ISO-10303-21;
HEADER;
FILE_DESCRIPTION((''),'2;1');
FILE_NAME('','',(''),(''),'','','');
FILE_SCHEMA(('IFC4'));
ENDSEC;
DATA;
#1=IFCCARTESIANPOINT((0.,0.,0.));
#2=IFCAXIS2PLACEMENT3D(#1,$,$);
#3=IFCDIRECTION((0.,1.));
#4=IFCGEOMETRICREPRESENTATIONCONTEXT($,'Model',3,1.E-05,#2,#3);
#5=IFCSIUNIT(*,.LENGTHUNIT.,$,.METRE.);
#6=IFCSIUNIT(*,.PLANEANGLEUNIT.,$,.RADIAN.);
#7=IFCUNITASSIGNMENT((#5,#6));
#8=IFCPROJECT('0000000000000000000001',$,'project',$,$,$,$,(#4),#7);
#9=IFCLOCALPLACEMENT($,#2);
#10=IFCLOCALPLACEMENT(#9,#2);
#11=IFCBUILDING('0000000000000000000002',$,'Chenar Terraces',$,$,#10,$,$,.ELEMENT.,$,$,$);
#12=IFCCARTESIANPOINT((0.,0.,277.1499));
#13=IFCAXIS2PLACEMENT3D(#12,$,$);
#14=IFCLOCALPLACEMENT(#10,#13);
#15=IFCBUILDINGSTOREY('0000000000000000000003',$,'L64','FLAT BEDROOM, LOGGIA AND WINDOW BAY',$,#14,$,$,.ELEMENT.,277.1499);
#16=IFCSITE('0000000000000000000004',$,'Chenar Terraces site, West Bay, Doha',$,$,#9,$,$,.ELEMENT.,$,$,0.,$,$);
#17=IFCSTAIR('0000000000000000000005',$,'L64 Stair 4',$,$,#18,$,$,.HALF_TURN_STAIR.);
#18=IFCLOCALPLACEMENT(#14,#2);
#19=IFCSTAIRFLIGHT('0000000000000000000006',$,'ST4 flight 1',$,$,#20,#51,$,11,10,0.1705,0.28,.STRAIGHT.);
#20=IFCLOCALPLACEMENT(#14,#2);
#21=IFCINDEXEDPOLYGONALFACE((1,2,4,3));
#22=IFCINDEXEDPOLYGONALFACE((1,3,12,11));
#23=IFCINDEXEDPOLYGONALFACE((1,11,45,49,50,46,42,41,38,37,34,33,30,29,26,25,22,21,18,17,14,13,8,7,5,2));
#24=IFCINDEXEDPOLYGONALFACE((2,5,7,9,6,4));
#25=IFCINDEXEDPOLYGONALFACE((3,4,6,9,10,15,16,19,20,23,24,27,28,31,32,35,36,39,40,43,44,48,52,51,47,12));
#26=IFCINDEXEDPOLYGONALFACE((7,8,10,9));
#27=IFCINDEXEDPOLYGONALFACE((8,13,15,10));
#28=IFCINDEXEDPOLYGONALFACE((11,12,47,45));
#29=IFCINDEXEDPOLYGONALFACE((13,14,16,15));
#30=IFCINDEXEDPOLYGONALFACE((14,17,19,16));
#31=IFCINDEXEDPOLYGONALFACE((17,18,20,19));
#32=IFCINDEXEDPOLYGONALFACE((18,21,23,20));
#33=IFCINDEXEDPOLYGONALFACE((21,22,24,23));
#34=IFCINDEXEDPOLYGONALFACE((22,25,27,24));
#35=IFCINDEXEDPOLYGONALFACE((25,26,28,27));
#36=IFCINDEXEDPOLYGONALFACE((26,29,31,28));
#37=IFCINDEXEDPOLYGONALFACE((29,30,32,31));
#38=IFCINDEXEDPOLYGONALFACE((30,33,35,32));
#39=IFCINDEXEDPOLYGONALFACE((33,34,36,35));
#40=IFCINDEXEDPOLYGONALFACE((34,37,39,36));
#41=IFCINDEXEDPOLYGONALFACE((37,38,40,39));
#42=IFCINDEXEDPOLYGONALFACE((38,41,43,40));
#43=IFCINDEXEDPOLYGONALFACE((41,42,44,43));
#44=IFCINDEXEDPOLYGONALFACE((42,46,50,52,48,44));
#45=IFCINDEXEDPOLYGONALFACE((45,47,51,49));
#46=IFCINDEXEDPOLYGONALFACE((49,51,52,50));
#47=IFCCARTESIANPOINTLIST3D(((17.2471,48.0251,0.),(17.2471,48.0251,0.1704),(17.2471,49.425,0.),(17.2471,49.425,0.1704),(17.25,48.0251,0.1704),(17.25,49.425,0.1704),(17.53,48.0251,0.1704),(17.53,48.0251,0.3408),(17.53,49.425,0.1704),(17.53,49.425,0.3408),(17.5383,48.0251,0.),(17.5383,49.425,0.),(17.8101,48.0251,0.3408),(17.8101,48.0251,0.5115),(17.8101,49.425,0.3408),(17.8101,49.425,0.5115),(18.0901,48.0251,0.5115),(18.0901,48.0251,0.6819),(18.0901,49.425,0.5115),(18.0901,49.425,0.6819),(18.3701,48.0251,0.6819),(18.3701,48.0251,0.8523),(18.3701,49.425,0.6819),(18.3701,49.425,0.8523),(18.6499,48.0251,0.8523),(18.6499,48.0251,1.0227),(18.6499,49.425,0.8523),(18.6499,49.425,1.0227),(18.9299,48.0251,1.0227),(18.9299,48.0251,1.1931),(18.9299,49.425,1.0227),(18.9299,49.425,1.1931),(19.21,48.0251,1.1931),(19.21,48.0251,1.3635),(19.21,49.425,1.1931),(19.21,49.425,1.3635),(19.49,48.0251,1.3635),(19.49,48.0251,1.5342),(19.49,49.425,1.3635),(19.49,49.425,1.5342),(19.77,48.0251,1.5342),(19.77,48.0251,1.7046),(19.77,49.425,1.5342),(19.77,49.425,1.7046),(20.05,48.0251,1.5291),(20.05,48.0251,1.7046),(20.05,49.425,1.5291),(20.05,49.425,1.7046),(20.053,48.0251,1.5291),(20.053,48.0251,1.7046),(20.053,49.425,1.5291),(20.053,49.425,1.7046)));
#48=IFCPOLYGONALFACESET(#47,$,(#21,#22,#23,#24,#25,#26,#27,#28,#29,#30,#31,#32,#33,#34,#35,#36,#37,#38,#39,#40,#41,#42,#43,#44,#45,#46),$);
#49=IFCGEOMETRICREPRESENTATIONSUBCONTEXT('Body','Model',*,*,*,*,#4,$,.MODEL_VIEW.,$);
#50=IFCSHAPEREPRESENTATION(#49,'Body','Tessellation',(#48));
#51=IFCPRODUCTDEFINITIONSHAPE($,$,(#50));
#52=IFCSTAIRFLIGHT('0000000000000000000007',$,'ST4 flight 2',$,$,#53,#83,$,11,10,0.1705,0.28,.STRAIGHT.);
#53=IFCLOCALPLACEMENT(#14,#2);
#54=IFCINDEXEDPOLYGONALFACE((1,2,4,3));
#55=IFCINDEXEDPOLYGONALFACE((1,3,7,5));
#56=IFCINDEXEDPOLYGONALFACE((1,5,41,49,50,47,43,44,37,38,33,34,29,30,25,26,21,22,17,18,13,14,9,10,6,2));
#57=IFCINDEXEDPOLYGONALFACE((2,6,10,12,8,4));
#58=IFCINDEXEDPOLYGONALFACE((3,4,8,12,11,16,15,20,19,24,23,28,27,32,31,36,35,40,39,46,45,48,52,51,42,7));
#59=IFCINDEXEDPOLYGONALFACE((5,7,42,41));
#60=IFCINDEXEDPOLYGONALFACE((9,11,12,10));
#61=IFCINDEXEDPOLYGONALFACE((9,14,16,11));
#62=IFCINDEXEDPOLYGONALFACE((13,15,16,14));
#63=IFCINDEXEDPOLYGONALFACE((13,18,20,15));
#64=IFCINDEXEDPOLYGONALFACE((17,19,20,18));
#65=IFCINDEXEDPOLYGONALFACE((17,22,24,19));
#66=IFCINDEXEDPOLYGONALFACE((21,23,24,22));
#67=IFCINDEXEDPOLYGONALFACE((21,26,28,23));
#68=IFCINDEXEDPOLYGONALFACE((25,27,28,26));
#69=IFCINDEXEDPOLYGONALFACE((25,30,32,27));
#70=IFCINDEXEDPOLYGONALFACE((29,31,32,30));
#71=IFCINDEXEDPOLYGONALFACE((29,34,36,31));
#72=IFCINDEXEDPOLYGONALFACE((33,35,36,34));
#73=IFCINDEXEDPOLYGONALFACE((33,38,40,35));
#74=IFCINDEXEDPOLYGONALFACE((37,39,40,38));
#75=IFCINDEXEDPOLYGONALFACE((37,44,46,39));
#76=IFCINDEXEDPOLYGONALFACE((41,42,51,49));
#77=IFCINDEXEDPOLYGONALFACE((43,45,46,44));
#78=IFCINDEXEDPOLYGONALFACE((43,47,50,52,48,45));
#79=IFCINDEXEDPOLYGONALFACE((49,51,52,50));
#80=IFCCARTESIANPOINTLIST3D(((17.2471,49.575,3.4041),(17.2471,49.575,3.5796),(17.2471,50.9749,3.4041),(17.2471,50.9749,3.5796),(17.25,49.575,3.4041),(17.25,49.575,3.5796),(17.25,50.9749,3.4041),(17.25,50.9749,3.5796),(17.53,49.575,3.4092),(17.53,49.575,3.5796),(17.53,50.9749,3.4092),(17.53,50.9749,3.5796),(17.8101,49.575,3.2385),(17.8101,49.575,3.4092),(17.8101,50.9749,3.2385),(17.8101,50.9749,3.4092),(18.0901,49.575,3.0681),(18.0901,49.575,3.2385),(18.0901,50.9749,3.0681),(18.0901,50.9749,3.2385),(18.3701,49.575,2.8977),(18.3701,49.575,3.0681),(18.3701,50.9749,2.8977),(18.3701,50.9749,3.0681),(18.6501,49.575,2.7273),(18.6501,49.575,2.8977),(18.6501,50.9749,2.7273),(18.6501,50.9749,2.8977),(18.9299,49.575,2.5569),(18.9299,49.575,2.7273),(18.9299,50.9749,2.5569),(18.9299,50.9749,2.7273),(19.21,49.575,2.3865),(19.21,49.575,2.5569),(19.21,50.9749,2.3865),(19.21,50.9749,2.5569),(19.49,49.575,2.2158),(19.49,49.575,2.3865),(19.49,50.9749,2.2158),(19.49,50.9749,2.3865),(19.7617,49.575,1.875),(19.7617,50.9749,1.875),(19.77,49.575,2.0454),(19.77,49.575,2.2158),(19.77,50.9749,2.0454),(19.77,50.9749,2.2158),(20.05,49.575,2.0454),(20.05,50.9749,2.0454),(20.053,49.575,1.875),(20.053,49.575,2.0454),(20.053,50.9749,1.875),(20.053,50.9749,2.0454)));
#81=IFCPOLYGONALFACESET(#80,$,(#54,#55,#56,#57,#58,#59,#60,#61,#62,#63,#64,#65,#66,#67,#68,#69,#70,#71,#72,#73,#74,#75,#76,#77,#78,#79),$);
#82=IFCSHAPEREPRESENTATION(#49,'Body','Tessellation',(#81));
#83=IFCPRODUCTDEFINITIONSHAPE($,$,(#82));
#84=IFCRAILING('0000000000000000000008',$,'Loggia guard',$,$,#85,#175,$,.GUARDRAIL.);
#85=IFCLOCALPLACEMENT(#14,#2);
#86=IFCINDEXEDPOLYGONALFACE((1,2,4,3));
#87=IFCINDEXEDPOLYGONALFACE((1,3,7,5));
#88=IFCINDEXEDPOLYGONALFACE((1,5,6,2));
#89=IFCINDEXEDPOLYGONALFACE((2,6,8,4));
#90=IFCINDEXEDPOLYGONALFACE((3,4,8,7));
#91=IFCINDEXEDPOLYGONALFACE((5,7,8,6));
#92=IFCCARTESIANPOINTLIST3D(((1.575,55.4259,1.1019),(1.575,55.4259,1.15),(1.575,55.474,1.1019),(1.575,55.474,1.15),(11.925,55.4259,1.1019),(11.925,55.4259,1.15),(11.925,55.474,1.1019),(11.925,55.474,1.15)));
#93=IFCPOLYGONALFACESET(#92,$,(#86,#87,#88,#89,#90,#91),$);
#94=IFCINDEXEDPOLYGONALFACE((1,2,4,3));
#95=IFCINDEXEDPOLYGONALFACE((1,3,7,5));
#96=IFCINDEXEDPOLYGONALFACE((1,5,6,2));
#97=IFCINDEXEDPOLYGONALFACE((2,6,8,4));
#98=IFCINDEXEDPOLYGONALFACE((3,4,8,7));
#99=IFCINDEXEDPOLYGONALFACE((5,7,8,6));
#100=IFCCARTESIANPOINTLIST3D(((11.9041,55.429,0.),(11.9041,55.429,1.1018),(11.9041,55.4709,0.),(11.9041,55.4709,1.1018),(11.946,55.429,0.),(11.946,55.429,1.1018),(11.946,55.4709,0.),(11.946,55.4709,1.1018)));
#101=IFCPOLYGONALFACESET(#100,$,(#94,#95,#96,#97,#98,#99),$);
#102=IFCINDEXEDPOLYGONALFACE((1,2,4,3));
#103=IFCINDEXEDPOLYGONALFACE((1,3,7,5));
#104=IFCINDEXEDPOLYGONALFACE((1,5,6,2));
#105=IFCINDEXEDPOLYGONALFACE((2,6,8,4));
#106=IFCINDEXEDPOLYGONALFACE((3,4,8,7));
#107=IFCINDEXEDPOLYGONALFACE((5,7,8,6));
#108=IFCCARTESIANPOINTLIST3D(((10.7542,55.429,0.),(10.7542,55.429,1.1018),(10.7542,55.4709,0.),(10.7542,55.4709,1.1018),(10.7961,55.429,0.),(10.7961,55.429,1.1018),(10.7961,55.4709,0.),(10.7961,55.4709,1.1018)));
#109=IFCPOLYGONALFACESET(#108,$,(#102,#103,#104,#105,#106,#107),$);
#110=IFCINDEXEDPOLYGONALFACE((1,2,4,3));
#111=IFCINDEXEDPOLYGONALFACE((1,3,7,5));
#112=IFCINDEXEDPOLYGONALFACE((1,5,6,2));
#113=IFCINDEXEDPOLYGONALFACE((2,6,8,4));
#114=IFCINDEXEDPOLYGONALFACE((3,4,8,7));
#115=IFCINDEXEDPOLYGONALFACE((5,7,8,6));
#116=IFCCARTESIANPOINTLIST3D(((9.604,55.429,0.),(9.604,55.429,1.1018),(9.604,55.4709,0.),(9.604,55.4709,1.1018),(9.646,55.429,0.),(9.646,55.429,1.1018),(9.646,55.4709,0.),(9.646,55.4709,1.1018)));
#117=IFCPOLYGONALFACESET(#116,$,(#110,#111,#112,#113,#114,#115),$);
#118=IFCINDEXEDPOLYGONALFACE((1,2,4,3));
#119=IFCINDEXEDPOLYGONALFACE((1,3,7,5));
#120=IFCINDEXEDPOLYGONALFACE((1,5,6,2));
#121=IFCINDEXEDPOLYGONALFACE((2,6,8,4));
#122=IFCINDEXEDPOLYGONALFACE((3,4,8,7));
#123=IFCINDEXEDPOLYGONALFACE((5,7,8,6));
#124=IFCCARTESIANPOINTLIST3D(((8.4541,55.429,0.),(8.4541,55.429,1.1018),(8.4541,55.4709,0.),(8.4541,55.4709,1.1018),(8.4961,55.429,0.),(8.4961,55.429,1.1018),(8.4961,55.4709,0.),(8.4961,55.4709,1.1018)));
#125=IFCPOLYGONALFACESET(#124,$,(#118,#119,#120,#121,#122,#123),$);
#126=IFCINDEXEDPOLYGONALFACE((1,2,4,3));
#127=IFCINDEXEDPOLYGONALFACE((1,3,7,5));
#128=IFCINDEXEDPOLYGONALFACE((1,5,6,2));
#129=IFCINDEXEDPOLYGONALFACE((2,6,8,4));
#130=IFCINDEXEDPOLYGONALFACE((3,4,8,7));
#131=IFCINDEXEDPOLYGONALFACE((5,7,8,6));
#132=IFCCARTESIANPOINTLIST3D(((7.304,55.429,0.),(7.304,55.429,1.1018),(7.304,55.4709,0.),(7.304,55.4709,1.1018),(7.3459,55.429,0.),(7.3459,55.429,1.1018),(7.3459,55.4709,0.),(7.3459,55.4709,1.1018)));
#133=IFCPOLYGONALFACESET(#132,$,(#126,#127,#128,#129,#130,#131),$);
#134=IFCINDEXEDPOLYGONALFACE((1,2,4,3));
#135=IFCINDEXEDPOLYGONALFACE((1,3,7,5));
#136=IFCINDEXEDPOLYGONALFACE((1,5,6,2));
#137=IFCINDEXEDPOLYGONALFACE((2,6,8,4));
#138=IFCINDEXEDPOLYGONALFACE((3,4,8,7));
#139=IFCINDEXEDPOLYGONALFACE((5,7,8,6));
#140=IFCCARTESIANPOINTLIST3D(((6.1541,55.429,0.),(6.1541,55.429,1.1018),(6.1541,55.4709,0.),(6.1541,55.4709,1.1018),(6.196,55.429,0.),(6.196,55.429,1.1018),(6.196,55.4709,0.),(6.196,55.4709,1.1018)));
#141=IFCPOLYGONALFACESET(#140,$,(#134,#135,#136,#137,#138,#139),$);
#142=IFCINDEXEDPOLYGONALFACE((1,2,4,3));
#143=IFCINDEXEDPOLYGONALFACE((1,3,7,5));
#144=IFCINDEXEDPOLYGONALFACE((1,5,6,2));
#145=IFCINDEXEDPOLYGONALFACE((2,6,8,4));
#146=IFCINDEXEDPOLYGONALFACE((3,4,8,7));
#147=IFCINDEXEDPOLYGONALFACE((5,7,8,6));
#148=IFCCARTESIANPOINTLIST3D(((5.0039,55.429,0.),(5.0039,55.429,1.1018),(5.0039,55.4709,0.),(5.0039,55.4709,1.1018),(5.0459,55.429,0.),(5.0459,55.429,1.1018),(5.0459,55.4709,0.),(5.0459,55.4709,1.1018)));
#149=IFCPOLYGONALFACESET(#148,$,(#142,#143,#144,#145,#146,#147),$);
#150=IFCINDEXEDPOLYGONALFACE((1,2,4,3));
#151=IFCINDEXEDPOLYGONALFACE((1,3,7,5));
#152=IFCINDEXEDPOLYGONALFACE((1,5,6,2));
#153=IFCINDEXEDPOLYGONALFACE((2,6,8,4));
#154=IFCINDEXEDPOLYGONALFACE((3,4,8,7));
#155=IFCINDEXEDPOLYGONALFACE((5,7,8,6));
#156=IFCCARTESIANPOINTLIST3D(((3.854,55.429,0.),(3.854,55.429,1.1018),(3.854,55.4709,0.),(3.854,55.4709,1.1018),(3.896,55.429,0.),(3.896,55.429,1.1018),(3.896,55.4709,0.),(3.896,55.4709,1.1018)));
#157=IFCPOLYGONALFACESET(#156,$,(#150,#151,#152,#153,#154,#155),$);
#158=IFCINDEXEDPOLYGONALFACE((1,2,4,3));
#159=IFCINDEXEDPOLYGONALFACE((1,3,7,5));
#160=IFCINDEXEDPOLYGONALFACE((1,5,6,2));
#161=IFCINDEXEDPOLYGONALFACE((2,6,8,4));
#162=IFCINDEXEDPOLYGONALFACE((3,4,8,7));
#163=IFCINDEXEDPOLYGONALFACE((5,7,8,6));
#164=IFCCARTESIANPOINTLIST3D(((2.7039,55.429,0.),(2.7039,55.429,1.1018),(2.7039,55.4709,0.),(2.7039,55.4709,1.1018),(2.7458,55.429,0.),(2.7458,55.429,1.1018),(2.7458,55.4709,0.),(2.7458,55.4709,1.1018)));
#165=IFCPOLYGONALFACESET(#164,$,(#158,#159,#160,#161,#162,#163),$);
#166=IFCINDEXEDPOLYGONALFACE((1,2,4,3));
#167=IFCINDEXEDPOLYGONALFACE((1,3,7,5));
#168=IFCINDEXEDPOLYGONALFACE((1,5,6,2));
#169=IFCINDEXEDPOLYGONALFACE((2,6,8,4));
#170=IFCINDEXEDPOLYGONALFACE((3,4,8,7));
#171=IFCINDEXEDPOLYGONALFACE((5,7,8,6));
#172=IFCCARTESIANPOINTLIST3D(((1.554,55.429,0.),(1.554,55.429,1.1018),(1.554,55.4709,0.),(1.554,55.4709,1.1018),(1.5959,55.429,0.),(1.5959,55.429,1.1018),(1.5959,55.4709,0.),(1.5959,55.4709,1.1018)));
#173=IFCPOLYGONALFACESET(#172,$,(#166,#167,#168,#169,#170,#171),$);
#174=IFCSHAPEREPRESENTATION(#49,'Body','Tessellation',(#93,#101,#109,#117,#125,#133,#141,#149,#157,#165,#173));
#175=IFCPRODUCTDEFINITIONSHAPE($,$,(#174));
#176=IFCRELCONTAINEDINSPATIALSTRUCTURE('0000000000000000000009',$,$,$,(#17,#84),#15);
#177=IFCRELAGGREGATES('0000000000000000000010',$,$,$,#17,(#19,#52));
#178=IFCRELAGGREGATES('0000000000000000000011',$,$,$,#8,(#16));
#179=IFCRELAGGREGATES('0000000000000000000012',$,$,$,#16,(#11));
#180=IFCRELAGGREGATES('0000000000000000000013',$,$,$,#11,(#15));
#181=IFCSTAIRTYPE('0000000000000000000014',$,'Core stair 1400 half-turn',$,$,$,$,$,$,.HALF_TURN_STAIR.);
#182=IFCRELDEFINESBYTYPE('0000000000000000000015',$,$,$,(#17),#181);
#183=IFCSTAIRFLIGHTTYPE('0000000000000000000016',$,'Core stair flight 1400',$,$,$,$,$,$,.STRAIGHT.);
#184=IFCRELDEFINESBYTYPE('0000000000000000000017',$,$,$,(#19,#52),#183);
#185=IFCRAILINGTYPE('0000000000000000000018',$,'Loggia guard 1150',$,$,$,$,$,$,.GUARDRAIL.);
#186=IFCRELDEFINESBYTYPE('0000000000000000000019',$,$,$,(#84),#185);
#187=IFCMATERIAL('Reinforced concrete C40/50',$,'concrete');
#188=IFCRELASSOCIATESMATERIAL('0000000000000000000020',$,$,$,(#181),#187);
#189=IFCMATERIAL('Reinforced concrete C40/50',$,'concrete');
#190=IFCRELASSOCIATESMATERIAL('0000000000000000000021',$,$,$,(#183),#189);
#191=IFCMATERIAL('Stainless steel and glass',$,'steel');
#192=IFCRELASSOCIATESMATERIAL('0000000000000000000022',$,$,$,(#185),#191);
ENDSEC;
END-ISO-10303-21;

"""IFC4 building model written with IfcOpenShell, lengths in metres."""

from ifc_helpers import new_model, si_unit, direction, frame, origin, origin_2d, place, context, subcontext, project, spatial, polyline, rectangle, outline, extrude, material, type_object, element, aggregate, save


model = new_model("IFC4")

# Units and contexts
model_context = context("Model", 3, precision=1e-05, world=origin(), true_north=direction((0.0, 1.0)))
body_context = subcontext(model_context, "Body", "Model", "MODEL_VIEW")
ifc_project = project(units=[si_unit("LENGTHUNIT", "METRE"), si_unit("PLANEANGLEUNIT", "RADIAN")], contexts=[model_context])

# Site, building, storey
site_placement = place(None, origin())
site = spatial("IfcSite", under=ifc_project, at=site_placement, Name="Chenar Terraces site, West Bay, Doha", CompositionType="ELEMENT", RefElevation=0.0)
building_placement = place(site_placement, origin())
building = spatial("IfcBuilding", under=site, at=building_placement, Name="Chenar Terraces", CompositionType="ELEMENT")
storey_placement = place(building_placement, frame((0.0, 0.0, 277.1499)))
storey = spatial("IfcBuildingStorey", under=building, at=storey_placement, Name="L64", Description="FLAT BEDROOM, LOGGIA AND WINDOW BAY", CompositionType="ELEMENT", Elevation=277.1499)

# Stair, stair flights
ifc_material_1 = material(Name="Reinforced concrete C40/50", Category="concrete")
stair_type = type_object("IfcStairType", Name="Core stair 1400 half-turn", PredefinedType="HALF_TURN_STAIR", material=ifc_material_1)
stair_placement = place(storey_placement, origin())
stair = element("IfcStair", 1, at=stair_placement, inside=storey, type_object=stair_type, Name="L64 Stair 4", PredefinedType="HALF_TURN_STAIR")
ifc_material_2 = material(Name="Reinforced concrete C40/50", Category="concrete")
stair_flight_type = type_object("IfcStairFlightType", Name="Core stair flight 1400", PredefinedType="STRAIGHT", material=ifc_material_2)
stair_flight_1_placement = place(storey_placement, frame((17.25, 48.7251, 0.0), z_axis=(0.0, 0.0, 1.0), x_axis=(1.0, 0.0, 0.0)))
stair_flight_1 = element("IfcStairFlight", 2, at=stair_flight_1_placement, type_object=stair_flight_type, Name="ST4 flight 1", NumberOfRisers=11, NumberOfTreads=10, PredefinedType="STRAIGHT", RiserHeight=0.1705, TreadLength=0.28, context=body_context, shape_type="SweptSolid", body=[
    extrude(outline(polyline([(-0.0029, 0.0), (-0.0029, 0.1704), (0.0, 0.1704), (0.28, 0.1704), (0.28, 0.3408), (0.5601, 0.3408), (0.5601, 0.5115), (0.8401, 0.5115), (0.8401, 0.6819), (1.1201, 0.6819), (1.1201, 0.8523), (1.3999, 0.8523), (1.3999, 1.0227), (1.6799, 1.0227), (1.6799, 1.1931), (1.96, 1.1931), (1.96, 1.3635), (2.24, 1.3635), (2.24, 1.5342), (2.52, 1.5342), (2.52, 1.7046), (2.8, 1.7046), (2.803, 1.7046), (2.803, 1.5291), (2.8, 1.5291), (0.2883, 0.0), (-0.0029, 0.0)])), frame((0.0, 0.7, 0.0), z_axis=(0.0, -1.0, 0.0), x_axis=(1.0, 0.0, 0.0)), (0.0, 0.0, 1.0), 1.3999),
])
stair_flight_2_placement = place(storey_placement, frame((20.05, 50.2749, 1.875), z_axis=(0.0, 0.0, 1.0), x_axis=(-1.0, 0.0, 0.0)))
stair_flight_2 = element("IfcStairFlight", 3, at=stair_flight_2_placement, type_object=stair_flight_type, Name="ST4 flight 2", NumberOfRisers=11, NumberOfTreads=10, PredefinedType="STRAIGHT", RiserHeight=0.1705, TreadLength=0.28, context=body_context, shape_type="SweptSolid", body=[
    extrude(outline(polyline([(-0.0029, 0.0), (-0.0029, 0.1704), (0.0, 0.1704), (0.28, 0.1704), (0.28, 0.3408), (0.5601, 0.3408), (0.5601, 0.5115), (0.8401, 0.5115), (0.8401, 0.6819), (1.1201, 0.6819), (1.1201, 0.8523), (1.3999, 0.8523), (1.3999, 1.0227), (1.6799, 1.0227), (1.6799, 1.1931), (1.96, 1.1931), (1.96, 1.3635), (2.24, 1.3635), (2.24, 1.5342), (2.52, 1.5342), (2.52, 1.7046), (2.8, 1.7046), (2.803, 1.7046), (2.803, 1.5291), (2.8, 1.5291), (0.2883, 0.0), (-0.0029, 0.0)])), frame((0.0, 0.7, 0.0), z_axis=(0.0, -1.0, 0.0), x_axis=(1.0, 0.0, 0.0)), (0.0, 0.0, 1.0), 1.3999),
])
aggregate(stair, [stair_flight_1, stair_flight_2])

# Railing
ifc_material_3 = material(Name="Stainless steel and glass", Category="steel")
railing_type_1 = type_object("IfcRailingType", Name="Loggia guard 1150", PredefinedType="GUARDRAIL", material=ifc_material_3)
railing_1_placement = place(storey_placement, frame((11.925, 55.45, 0.0)))
element("IfcRailing", 4, at=railing_1_placement, inside=storey, type_object=railing_type_1, Name="Loggia guard", PredefinedType="GUARDRAIL", context=body_context, shape_type="SweptSolid", body=[
    extrude(rectangle(XDim=0.0481, YDim=0.0481, at=origin_2d()), frame((0.0, 0.0, 1.126), z_axis=(-1.0, 0.0, 0.0), x_axis=(0.0, -1.0, 0.0)), (0.0, 0.0, 1.0), 10.3501),
    extrude(rectangle(XDim=0.042, YDim=0.042, at=origin_2d()), origin(), (0.0, 0.0, 1.0), 1.1018),
    extrude(rectangle(XDim=0.042, YDim=0.042, at=origin_2d()), frame((-1.1499, 0.0, 0.0)), (0.0, 0.0, 1.0), 1.1018),
    extrude(rectangle(XDim=0.042, YDim=0.042, at=origin_2d()), frame((-2.3, 0.0, 0.0)), (0.0, 0.0, 1.0), 1.1018),
    extrude(rectangle(XDim=0.042, YDim=0.042, at=origin_2d()), frame((-3.45, 0.0, 0.0)), (0.0, 0.0, 1.0), 1.1018),
    extrude(rectangle(XDim=0.042, YDim=0.042, at=origin_2d()), frame((-4.6001, 0.0, 0.0)), (0.0, 0.0, 1.0), 1.1018),
    extrude(rectangle(XDim=0.042, YDim=0.042, at=origin_2d()), frame((-5.75, 0.0, 0.0)), (0.0, 0.0, 1.0), 1.1018),
    extrude(rectangle(XDim=0.042, YDim=0.042, at=origin_2d()), frame((-6.9001, 0.0, 0.0)), (0.0, 0.0, 1.0), 1.1018),
    extrude(rectangle(XDim=0.042, YDim=0.042, at=origin_2d()), frame((-8.05, 0.0, 0.0)), (0.0, 0.0, 1.0), 1.1018),
    extrude(rectangle(XDim=0.042, YDim=0.042, at=origin_2d()), frame((-9.2002, 0.0, 0.0)), (0.0, 0.0, 1.0), 1.1018),
    extrude(rectangle(XDim=0.042, YDim=0.042, at=origin_2d()), frame((-10.3501, 0.0, 0.0)), (0.0, 0.0, 1.0), 1.1018),
])

save(model, "model.ifc")
